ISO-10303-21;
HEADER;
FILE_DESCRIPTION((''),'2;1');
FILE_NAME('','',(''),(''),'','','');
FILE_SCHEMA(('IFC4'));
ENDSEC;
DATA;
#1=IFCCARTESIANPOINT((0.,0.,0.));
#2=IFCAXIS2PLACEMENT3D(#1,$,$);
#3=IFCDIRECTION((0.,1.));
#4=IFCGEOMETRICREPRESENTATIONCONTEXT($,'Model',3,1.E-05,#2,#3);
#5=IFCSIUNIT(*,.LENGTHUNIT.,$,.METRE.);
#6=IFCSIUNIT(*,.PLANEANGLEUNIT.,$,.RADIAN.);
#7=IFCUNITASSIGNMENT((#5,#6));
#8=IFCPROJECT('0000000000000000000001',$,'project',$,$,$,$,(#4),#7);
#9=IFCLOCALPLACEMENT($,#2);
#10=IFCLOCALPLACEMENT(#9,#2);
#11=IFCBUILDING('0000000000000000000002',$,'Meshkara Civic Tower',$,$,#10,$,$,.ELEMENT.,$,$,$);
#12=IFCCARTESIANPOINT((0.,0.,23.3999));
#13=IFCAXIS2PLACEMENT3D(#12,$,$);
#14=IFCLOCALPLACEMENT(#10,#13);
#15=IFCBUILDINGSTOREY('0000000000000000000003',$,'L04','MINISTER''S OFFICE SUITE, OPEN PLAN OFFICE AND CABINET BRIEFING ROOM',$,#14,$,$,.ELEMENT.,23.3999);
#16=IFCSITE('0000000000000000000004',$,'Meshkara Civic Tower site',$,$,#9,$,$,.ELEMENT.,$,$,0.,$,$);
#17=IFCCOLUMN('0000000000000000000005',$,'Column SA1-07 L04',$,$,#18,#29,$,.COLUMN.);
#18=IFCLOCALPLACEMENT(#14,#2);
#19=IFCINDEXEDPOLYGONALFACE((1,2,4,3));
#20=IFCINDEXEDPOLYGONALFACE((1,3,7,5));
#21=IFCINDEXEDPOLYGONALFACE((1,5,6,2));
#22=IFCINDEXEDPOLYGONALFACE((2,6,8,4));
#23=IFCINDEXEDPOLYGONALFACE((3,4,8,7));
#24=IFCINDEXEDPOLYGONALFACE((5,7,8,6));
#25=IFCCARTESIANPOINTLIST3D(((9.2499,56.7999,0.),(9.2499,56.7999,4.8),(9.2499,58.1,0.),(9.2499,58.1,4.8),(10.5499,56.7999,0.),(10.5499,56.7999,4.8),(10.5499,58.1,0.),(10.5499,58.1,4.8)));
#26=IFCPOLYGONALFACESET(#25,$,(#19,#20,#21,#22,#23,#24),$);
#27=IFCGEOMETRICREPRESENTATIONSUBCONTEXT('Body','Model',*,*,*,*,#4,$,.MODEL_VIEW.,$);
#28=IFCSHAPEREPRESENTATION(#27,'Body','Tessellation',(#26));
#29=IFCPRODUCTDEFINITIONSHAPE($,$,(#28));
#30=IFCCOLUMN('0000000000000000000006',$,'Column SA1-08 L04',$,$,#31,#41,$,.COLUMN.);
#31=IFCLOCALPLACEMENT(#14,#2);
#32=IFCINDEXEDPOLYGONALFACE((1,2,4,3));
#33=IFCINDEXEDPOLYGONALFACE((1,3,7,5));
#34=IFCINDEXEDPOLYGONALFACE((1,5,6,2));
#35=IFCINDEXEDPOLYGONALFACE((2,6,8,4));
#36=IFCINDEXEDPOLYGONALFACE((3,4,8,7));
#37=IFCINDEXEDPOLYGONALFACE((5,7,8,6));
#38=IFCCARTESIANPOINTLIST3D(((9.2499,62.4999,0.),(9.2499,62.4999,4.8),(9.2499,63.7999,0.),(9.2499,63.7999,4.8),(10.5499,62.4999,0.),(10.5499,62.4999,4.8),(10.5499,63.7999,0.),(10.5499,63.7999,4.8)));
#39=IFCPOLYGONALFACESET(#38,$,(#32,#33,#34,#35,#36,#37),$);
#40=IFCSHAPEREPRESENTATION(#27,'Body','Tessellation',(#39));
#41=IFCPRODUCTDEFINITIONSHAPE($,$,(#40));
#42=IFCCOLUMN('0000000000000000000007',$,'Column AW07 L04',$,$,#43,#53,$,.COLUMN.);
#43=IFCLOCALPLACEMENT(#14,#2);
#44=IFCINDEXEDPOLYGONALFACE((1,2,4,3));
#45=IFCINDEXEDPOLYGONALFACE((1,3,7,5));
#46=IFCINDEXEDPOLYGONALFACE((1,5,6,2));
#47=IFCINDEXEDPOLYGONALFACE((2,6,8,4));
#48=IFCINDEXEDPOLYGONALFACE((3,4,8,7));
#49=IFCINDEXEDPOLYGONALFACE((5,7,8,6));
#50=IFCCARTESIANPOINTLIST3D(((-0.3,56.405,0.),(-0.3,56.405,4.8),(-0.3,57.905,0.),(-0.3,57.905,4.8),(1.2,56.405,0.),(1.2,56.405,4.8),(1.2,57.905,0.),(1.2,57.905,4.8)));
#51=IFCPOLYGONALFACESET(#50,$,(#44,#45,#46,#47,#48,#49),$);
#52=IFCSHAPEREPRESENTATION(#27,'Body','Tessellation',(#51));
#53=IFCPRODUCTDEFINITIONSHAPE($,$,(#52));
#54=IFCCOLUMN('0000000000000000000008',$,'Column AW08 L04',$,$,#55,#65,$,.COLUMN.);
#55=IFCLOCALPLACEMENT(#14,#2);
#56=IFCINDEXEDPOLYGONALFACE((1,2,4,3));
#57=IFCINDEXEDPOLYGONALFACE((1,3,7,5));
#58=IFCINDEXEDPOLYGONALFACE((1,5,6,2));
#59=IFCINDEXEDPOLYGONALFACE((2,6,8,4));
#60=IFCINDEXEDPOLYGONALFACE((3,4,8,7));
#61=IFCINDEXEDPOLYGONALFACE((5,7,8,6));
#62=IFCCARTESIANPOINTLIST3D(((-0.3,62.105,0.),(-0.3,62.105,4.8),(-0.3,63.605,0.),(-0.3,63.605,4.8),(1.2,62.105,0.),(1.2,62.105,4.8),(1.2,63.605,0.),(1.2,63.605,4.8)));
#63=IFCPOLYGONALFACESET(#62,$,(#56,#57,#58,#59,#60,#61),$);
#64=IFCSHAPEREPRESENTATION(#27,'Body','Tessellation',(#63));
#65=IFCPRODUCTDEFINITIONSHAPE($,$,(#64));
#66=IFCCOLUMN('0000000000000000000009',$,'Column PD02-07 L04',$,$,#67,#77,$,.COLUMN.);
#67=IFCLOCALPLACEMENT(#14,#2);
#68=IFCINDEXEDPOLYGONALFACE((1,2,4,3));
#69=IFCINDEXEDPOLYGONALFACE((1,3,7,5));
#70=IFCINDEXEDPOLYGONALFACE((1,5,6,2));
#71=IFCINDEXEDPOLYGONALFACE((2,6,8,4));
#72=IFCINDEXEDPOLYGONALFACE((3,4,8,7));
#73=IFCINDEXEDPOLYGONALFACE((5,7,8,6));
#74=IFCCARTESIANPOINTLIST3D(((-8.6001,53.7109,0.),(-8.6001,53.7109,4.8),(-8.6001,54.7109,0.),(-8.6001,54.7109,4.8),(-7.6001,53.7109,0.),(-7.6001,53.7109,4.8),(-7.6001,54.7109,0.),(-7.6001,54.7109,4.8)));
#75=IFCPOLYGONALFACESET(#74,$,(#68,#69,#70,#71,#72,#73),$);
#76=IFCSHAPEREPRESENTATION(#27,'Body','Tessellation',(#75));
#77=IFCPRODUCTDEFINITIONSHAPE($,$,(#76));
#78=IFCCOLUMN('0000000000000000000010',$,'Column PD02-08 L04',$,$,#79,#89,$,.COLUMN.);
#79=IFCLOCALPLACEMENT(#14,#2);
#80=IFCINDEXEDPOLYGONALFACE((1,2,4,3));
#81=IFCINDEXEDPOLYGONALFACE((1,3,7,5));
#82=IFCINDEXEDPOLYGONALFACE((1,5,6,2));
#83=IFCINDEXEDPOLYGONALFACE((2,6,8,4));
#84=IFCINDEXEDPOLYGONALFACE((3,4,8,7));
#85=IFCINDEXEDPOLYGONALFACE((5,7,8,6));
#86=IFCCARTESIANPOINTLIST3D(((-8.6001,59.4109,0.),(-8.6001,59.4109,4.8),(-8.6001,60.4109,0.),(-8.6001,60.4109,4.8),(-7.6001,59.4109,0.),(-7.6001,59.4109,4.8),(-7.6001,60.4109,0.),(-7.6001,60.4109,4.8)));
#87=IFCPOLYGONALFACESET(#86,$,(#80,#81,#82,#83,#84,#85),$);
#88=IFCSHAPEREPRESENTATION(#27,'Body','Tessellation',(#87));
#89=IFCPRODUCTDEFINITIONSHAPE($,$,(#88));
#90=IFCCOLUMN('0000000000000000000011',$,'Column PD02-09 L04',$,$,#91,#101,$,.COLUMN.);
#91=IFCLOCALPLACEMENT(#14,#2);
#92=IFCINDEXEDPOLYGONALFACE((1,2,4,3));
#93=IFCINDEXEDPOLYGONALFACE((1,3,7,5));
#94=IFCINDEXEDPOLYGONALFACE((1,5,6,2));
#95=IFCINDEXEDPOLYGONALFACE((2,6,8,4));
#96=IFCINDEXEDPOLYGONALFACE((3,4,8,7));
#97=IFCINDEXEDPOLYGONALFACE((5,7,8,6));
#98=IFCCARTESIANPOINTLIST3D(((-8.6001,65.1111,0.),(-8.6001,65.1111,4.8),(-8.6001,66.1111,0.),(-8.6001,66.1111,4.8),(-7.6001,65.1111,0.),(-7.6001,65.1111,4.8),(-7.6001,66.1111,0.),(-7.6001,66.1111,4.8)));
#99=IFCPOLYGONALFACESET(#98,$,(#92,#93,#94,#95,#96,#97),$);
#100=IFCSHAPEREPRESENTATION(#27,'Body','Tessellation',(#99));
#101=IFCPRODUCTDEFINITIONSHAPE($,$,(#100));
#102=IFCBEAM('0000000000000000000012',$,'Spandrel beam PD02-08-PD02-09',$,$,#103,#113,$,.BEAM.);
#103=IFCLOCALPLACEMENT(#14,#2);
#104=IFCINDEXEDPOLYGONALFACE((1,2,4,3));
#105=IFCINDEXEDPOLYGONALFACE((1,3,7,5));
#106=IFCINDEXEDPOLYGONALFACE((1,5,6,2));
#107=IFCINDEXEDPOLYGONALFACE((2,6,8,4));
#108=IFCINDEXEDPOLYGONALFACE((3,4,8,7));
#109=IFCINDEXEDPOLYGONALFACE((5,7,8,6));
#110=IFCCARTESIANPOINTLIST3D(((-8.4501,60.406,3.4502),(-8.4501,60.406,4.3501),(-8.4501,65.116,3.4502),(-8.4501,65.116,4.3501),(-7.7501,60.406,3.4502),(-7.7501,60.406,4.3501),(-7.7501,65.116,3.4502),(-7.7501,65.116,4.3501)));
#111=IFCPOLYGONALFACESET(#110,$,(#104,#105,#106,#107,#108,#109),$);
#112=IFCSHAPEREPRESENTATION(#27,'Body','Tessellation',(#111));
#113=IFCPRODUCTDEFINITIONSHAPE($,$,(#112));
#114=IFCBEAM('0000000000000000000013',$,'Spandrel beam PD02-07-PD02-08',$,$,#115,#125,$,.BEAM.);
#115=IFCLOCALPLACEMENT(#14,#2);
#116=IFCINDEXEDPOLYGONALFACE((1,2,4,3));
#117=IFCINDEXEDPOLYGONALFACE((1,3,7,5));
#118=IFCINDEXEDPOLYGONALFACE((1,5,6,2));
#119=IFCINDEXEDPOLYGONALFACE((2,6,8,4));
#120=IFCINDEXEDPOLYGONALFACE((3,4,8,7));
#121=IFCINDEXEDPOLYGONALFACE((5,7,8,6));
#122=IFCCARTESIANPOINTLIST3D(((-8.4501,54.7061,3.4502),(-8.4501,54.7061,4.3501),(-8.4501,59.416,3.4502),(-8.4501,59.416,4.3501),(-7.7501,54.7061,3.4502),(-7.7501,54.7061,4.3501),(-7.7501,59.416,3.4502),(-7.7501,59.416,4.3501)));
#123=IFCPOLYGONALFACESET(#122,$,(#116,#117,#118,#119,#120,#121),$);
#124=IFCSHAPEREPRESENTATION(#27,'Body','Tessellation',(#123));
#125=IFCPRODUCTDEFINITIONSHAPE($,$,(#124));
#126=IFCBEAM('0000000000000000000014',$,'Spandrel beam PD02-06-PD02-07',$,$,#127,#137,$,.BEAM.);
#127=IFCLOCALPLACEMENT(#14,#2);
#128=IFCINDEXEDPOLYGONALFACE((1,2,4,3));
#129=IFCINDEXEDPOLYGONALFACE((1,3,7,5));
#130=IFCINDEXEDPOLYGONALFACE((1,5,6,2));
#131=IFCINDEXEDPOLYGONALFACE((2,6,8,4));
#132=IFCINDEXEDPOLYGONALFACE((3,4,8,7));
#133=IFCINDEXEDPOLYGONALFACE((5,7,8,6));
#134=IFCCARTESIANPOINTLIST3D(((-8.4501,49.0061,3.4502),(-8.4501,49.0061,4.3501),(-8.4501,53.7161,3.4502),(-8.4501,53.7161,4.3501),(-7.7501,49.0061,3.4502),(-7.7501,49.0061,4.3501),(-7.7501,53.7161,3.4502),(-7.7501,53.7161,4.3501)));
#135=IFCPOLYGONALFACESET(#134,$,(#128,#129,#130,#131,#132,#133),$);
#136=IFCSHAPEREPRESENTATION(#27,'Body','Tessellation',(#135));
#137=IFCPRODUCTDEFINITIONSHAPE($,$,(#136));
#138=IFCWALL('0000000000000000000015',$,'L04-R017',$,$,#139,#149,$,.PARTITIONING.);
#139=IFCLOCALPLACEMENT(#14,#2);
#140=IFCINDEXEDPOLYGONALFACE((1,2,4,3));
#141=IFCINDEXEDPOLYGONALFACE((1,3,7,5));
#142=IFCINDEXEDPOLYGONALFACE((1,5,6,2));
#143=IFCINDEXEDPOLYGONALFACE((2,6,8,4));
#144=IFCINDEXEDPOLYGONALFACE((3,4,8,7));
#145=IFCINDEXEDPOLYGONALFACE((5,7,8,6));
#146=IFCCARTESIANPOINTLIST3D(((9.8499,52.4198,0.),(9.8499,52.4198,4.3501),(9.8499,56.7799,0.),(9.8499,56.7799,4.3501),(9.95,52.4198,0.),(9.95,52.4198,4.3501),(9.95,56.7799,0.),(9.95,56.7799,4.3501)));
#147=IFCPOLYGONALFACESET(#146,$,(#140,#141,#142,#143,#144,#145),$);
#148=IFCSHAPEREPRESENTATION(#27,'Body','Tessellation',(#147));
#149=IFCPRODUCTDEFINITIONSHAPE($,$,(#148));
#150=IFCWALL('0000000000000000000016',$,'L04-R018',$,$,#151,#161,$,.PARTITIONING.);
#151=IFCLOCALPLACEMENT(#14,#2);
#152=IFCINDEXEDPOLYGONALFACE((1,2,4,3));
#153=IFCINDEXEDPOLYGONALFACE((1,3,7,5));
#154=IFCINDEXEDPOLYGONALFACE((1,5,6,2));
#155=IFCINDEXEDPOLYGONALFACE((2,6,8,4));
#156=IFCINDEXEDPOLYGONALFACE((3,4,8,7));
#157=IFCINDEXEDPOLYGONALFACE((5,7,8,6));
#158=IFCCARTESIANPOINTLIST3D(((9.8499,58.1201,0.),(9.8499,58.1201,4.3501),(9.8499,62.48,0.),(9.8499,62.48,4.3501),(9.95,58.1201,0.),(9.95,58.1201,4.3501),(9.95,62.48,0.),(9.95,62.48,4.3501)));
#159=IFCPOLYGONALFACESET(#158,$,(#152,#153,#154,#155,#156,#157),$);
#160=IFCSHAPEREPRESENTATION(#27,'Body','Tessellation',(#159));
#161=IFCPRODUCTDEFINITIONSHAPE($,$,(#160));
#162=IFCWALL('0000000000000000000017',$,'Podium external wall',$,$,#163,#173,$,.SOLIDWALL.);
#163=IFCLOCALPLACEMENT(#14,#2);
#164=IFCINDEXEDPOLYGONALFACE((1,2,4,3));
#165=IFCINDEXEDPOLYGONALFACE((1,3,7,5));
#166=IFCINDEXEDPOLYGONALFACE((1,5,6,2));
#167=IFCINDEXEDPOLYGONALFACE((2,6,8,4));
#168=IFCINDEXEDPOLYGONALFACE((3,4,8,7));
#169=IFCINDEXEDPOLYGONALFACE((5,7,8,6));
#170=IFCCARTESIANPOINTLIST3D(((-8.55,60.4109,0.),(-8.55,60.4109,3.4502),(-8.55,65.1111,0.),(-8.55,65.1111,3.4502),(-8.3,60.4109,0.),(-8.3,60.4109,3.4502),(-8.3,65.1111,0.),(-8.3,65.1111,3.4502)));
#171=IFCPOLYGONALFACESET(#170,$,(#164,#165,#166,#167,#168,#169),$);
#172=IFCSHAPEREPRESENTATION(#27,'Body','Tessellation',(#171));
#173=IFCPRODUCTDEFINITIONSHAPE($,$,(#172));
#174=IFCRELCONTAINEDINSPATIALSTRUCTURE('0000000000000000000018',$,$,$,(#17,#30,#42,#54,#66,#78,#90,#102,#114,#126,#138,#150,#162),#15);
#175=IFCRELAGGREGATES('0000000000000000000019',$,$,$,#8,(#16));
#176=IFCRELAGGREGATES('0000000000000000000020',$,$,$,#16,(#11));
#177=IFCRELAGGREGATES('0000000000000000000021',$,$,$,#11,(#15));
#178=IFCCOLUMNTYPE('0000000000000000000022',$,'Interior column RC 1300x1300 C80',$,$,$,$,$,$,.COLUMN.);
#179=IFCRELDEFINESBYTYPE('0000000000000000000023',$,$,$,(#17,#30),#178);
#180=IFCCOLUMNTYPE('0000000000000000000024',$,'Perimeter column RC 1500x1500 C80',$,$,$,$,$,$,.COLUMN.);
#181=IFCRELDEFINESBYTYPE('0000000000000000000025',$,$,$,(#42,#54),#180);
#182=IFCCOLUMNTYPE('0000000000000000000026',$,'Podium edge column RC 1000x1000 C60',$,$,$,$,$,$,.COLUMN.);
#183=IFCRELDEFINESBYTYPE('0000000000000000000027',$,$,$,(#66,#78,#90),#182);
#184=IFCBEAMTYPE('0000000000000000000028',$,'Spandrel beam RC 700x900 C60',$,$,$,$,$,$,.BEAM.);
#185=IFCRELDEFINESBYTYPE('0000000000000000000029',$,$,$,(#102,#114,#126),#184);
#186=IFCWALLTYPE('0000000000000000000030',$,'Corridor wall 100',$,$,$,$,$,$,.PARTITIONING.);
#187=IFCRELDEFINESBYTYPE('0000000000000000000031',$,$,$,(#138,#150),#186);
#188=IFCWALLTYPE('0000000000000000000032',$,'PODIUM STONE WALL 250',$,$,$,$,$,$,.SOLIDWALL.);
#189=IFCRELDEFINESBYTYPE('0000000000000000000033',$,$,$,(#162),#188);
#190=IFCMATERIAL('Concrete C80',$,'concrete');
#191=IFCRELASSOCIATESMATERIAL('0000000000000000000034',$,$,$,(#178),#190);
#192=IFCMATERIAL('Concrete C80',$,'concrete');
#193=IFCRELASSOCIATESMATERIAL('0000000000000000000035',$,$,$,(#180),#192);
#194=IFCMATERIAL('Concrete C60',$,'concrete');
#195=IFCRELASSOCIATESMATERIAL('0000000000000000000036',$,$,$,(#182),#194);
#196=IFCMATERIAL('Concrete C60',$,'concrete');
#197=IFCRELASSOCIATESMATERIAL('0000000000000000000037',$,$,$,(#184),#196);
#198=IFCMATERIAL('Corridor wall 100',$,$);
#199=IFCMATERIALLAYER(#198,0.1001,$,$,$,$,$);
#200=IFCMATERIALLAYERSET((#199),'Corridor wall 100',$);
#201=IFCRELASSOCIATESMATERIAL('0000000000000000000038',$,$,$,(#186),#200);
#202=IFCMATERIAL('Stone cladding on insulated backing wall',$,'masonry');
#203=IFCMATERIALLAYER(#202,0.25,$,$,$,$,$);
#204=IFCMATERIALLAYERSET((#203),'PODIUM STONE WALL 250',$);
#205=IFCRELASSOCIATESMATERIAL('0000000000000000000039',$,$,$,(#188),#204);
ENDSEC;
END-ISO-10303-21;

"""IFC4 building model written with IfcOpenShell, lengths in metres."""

from ifc_helpers import new_model, si_unit, direction, frame, frame_2d, origin, origin_2d, place, context, subcontext, project, spatial, rectangle, extrude, material, layer, layer_set, material_profile, profile_set, type_object, element, save


model = new_model("IFC4")

# Units and contexts
model_context = context("Model", 3, precision=1e-05, world=origin(), true_north=direction((0.0, 1.0)))
body_context = subcontext(model_context, "Body", "Model", "MODEL_VIEW")
ifc_project = project(units=[si_unit("LENGTHUNIT", "METRE"), si_unit("PLANEANGLEUNIT", "RADIAN")], contexts=[model_context])

# Site, building, storey
site_placement = place(None, origin())
site = spatial("IfcSite", under=ifc_project, at=site_placement, Name="Meshkara Civic Tower site", CompositionType="ELEMENT", RefElevation=0.0)
building_placement = place(site_placement, origin())
building = spatial("IfcBuilding", under=site, at=building_placement, Name="Meshkara Civic Tower", CompositionType="ELEMENT")
storey_placement = place(building_placement, frame((0.0, 0.0, 23.3999)))
storey = spatial("IfcBuildingStorey", under=building, at=storey_placement, Name="L04", Description="MINISTER'S OFFICE SUITE, OPEN PLAN OFFICE AND CABINET BRIEFING ROOM", CompositionType="ELEMENT", Elevation=23.3999)

# Columns
ifc_material_1 = material(Name="Concrete C80", Category="concrete")
ifc_material_profile_1 = material_profile(ifc_material_1, rectangle(XDim=1.3, YDim=1.3, at=origin_2d()))
ifc_profile_set_1 = profile_set([ifc_material_profile_1], Name="Concrete C80")
column_type_1 = type_object("IfcColumnType", Name="Interior column RC 1300x1300 C80", PredefinedType="COLUMN", material=ifc_profile_set_1)
for number, where, z_axis, x_axis, name in (
    (1, (9.8999, 57.45, 0.0), (0.0, 0.0, 1.0), (1.0, 0.0, 0.0), "Column SA1-07 L04"),
    (2, (9.8999, 63.1499, 0.0), (0.0, 0.0, 1.0), (1.0, 0.0, 0.0), "Column SA1-08 L04"),
):
    element("IfcColumn", number, at=place(storey_placement, frame(where, z_axis=z_axis, x_axis=x_axis)), inside=storey, type_object=column_type_1, Name=name, PredefinedType="COLUMN", context=body_context, shape_type="SweptSolid", body=[
        extrude(rectangle(XDim=1.3, YDim=1.3, at=origin_2d()), origin(), (0.0, 0.0, 1.0), 4.8),
    ])
ifc_material_2 = material(Name="Concrete C80", Category="concrete")
ifc_material_profile_2 = material_profile(ifc_material_2, rectangle(XDim=1.5, YDim=1.5, at=origin_2d()))
ifc_profile_set_2 = profile_set([ifc_material_profile_2], Name="Concrete C80")
column_type_2 = type_object("IfcColumnType", Name="Perimeter column RC 1500x1500 C80", PredefinedType="COLUMN", material=ifc_profile_set_2)
for number, where, z_axis, x_axis, name in (
    (3, (0.45, 57.155, 0.0), (0.0, 0.0, 1.0), (1.0, 0.0, 0.0), "Column AW07 L04"),
    (4, (0.45, 62.855, 0.0), (0.0, 0.0, 1.0), (1.0, 0.0, 0.0), "Column AW08 L04"),
):
    element("IfcColumn", number, at=place(storey_placement, frame(where, z_axis=z_axis, x_axis=x_axis)), inside=storey, type_object=column_type_2, Name=name, PredefinedType="COLUMN", context=body_context, shape_type="SweptSolid", body=[
        extrude(rectangle(XDim=1.5, YDim=1.5, at=origin_2d()), origin(), (0.0, 0.0, 1.0), 4.8),
    ])
ifc_material_3 = material(Name="Concrete C60", Category="concrete")
ifc_material_profile_3 = material_profile(ifc_material_3, rectangle(XDim=1.0, YDim=1.0, at=origin_2d()))
ifc_profile_set_3 = profile_set([ifc_material_profile_3], Name="Concrete C60")
column_type_3 = type_object("IfcColumnType", Name="Podium edge column RC 1000x1000 C60", PredefinedType="COLUMN", material=ifc_profile_set_3)
for number, where, z_axis, x_axis, name in (
    (5, (-8.1001, 54.2109, 0.0), (0.0, 0.0, 1.0), (1.0, 0.0, 0.0), "Column PD02-07 L04"),
    (6, (-8.1001, 59.9109, 0.0), (0.0, 0.0, 1.0), (1.0, 0.0, 0.0), "Column PD02-08 L04"),
    (7, (-8.1001, 65.6111, 0.0), (0.0, 0.0, 1.0), (1.0, 0.0, 0.0), "Column PD02-09 L04"),
):
    element("IfcColumn", number, at=place(storey_placement, frame(where, z_axis=z_axis, x_axis=x_axis)), inside=storey, type_object=column_type_3, Name=name, PredefinedType="COLUMN", context=body_context, shape_type="SweptSolid", body=[
        extrude(rectangle(XDim=1.0, YDim=1.0, at=origin_2d()), origin(), (0.0, 0.0, 1.0), 4.8),
    ])

# Beams
ifc_material_4 = material(Name="Concrete C60", Category="concrete")
ifc_material_profile_4 = material_profile(ifc_material_4, rectangle(XDim=0.7, YDim=0.8999, at=origin_2d()))
ifc_profile_set_4 = profile_set([ifc_material_profile_4], Name="Concrete C60")
beam_type = type_object("IfcBeamType", Name="Spandrel beam RC 700x900 C60", PredefinedType="BEAM", material=ifc_profile_set_4)
for number, where, z_axis, x_axis, name in (
    (8, (-8.1001, 65.116, 3.9001), (0.0, -1.0, 0.0), (1.0, 0.0, 0.0), "Spandrel beam PD02-08-PD02-09"),
    (9, (-8.1001, 59.416, 3.9001), (0.0, -1.0, 0.0), (1.0, 0.0, 0.0), "Spandrel beam PD02-07-PD02-08"),
    (10, (-8.1001, 53.7161, 3.9001), (0.0, -1.0, 0.0), (1.0, 0.0, 0.0), "Spandrel beam PD02-06-PD02-07"),
):
    element("IfcBeam", number, at=place(storey_placement, frame(where, z_axis=z_axis, x_axis=x_axis)), inside=storey, type_object=beam_type, Name=name, PredefinedType="BEAM", context=body_context, shape_type="SweptSolid", body=[
        extrude(rectangle(XDim=0.7, YDim=0.8999, at=origin_2d()), origin(), (0.0, 0.0, 1.0), 4.71),
    ])

# Walls
ifc_material_5 = material(Name="Corridor wall 100")
ifc_layer_1 = layer(ifc_material_5, 0.1001)
ifc_layer_set_1 = layer_set([ifc_layer_1], Name="Corridor wall 100")
wall_type_1 = type_object("IfcWallType", Name="Corridor wall 100", PredefinedType="PARTITIONING", material=ifc_layer_set_1)
wall_1_placement = place(storey_placement, frame((9.8999, 56.78, 0.0), z_axis=(0.0, 0.0, 1.0), x_axis=(0.0, -1.0, 0.0)))
element("IfcWall", 11, at=wall_1_placement, inside=storey, type_object=wall_type_1, Name="L04-R017", PredefinedType="PARTITIONING", context=body_context, shape_type="SweptSolid", body=[
    extrude(rectangle(XDim=4.3601, YDim=0.1001, at=frame_2d((2.1802, 0.0))), origin(), (0.0, 0.0, 1.0), 4.3501),
])
wall_2_placement = place(storey_placement, frame((9.8999, 62.48, 0.0), z_axis=(0.0, 0.0, 1.0), x_axis=(0.0, -1.0, 0.0)))
element("IfcWall", 12, at=wall_2_placement, inside=storey, type_object=wall_type_1, Name="L04-R018", PredefinedType="PARTITIONING", context=body_context, shape_type="SweptSolid", body=[
    extrude(rectangle(XDim=4.3599, YDim=0.1001, at=frame_2d((2.1799, 0.0))), origin(), (0.0, 0.0, 1.0), 4.3501),
])
ifc_material_6 = material(Name="Stone cladding on insulated backing wall", Category="masonry")
ifc_layer_2 = layer(ifc_material_6, 0.25)
ifc_layer_set_2 = layer_set([ifc_layer_2], Name="PODIUM STONE WALL 250")
wall_type_2 = type_object("IfcWallType", Name="PODIUM STONE WALL 250", PredefinedType="SOLIDWALL", material=ifc_layer_set_2)
wall_3_placement = place(storey_placement, frame((-8.425, 65.1111, 0.0), z_axis=(0.0, 0.0, 1.0), x_axis=(0.0, -1.0, 0.0)))
element("IfcWall", 13, at=wall_3_placement, inside=storey, type_object=wall_type_2, Name="Podium external wall", PredefinedType="SOLIDWALL", context=body_context, shape_type="SweptSolid", body=[
    extrude(rectangle(XDim=4.7002, YDim=0.25, at=frame_2d((2.3501, 0.0))), origin(), (0.0, 0.0, 1.0), 3.4502),
])

save(model, "model.ifc")
